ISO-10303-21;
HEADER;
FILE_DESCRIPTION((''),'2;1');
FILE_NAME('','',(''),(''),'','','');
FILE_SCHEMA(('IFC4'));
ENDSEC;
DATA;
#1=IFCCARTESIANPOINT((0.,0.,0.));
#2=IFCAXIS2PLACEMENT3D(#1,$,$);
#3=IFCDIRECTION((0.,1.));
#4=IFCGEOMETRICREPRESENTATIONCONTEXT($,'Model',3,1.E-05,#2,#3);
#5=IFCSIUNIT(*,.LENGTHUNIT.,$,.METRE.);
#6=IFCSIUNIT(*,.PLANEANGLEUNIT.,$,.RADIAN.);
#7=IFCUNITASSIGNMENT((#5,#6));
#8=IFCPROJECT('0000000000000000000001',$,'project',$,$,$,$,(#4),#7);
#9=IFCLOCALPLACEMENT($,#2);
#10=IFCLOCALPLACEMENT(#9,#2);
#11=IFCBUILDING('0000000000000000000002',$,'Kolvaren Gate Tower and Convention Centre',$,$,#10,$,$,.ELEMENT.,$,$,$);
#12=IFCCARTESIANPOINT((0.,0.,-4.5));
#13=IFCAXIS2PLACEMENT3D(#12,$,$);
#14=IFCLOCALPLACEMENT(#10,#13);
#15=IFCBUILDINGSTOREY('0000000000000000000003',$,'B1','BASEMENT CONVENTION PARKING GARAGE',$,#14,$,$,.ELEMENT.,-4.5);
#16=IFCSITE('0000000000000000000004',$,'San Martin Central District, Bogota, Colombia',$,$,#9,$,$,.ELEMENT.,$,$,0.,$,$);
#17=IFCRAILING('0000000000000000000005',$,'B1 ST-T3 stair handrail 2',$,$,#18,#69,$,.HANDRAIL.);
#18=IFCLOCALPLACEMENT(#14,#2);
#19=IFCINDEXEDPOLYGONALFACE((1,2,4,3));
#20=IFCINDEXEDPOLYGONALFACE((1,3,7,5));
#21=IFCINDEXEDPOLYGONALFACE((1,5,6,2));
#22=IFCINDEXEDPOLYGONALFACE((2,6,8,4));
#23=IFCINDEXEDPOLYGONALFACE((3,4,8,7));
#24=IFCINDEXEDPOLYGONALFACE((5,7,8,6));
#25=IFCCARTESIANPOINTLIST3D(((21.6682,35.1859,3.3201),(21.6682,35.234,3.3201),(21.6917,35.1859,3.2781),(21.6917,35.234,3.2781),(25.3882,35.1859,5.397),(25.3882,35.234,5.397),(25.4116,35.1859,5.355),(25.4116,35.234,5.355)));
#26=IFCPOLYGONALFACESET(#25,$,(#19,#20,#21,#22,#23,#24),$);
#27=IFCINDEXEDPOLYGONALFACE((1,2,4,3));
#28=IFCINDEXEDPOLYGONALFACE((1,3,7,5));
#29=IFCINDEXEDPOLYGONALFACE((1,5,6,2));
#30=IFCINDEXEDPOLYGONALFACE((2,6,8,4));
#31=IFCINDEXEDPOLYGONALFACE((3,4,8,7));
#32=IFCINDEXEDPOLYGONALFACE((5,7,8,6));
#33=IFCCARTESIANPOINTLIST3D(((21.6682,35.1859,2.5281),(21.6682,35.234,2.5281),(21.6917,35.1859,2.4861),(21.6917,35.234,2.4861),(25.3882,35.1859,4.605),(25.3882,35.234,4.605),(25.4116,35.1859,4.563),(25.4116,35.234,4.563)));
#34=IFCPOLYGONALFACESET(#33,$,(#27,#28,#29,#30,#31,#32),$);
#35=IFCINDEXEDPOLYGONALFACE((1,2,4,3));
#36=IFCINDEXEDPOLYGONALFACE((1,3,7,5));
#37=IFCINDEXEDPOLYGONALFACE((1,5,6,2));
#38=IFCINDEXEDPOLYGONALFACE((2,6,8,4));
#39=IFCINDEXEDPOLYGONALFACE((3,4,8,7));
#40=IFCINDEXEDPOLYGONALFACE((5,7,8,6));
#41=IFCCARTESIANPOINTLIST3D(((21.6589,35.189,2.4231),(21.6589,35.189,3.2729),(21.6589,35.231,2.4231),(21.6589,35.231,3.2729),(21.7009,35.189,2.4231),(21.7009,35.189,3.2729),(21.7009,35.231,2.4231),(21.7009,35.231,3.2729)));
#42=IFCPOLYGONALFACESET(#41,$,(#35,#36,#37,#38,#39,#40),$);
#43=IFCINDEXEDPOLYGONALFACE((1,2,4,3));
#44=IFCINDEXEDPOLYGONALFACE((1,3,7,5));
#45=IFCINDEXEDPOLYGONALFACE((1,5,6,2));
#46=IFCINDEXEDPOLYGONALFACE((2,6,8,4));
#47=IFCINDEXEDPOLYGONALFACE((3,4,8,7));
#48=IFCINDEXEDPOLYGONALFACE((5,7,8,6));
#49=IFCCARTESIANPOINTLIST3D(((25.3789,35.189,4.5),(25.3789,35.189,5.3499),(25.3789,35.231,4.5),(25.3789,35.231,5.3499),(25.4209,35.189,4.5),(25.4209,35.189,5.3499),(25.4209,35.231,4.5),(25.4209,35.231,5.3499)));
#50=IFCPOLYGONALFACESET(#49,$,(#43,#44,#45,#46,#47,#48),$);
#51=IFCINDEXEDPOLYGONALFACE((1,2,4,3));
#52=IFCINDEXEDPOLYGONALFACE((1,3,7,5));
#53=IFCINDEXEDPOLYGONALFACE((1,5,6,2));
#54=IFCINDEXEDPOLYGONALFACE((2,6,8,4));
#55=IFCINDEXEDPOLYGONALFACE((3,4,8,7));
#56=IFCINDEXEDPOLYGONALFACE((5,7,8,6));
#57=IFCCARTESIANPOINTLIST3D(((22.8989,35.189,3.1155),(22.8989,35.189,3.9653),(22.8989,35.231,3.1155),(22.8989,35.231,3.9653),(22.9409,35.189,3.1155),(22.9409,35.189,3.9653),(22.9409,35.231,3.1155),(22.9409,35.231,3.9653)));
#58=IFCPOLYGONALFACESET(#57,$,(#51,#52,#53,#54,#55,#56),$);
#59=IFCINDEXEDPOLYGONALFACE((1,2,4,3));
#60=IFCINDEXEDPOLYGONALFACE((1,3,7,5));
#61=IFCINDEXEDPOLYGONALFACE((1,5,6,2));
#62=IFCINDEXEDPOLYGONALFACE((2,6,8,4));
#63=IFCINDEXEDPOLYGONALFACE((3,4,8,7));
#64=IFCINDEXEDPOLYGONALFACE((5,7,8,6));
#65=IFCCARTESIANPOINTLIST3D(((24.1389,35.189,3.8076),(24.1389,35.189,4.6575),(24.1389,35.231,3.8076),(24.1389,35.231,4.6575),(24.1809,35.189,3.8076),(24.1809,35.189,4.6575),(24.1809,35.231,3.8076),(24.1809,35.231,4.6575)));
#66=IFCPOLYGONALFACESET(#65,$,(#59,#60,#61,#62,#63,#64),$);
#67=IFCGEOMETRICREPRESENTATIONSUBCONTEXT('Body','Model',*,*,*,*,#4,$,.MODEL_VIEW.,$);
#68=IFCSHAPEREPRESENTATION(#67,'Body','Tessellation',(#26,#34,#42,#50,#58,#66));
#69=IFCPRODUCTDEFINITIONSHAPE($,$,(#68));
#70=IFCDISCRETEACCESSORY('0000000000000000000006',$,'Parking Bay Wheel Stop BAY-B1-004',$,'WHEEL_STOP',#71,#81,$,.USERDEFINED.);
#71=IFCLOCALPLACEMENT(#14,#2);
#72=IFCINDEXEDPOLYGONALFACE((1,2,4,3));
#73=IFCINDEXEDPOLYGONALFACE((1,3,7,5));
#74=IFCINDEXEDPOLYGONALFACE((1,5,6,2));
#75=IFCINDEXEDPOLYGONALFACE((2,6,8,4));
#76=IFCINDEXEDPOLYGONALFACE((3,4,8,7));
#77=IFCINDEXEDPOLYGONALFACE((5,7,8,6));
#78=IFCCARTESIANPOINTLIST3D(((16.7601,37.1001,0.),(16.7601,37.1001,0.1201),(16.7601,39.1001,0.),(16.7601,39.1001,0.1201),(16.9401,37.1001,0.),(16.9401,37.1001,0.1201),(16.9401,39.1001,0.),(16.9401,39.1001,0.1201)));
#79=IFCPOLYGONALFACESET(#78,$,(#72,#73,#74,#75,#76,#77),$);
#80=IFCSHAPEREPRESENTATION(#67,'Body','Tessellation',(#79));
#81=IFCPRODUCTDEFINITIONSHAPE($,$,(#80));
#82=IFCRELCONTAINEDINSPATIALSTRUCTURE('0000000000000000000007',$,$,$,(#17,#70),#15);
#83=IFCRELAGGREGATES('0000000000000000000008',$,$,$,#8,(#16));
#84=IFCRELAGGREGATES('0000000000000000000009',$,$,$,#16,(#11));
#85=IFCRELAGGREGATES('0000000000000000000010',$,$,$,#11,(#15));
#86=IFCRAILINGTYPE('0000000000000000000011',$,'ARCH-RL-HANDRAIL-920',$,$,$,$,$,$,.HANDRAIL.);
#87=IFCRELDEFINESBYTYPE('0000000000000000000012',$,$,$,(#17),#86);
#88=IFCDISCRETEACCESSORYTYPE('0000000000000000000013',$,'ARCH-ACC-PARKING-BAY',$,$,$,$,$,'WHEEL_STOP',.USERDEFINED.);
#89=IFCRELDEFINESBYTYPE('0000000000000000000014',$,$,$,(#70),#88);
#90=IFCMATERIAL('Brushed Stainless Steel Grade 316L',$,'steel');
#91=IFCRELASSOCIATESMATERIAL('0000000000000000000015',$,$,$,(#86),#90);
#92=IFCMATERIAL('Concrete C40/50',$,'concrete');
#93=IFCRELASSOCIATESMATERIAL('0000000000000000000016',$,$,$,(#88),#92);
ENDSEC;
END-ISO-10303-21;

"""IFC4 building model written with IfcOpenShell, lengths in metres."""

from ifc_helpers import new_model, si_unit, direction, frame, origin, origin_2d, place, context, subcontext, project, spatial, rectangle, extrude, material, type_object, element, save


model = new_model("IFC4")

# Units and contexts
model_context = context("Model", 3, precision=1e-05, world=origin(), true_north=direction((0.0, 1.0)))
body_context = subcontext(model_context, "Body", "Model", "MODEL_VIEW")
ifc_project = project(units=[si_unit("LENGTHUNIT", "METRE"), si_unit("PLANEANGLEUNIT", "RADIAN")], contexts=[model_context])

# Site, building, storey
site_placement = place(None, origin())
site = spatial("IfcSite", under=ifc_project, at=site_placement, Name="San Martin Central District, Bogota, Colombia", CompositionType="ELEMENT", RefElevation=0.0)
building_placement = place(site_placement, origin())
building = spatial("IfcBuilding", under=site, at=building_placement, Name="Kolvaren Gate Tower and Convention Centre", CompositionType="ELEMENT")
storey_placement = place(building_placement, frame((0.0, 0.0, -4.5)))
storey = spatial("IfcBuildingStorey", under=building, at=storey_placement, Name="B1", Description="BASEMENT CONVENTION PARKING GARAGE", CompositionType="ELEMENT", Elevation=-4.5)

# Railing
ifc_material_1 = material(Name="Brushed Stainless Steel Grade 316L", Category="steel")
railing_type_1 = type_object("IfcRailingType", Name="ARCH-RL-HANDRAIL-920", PredefinedType="HANDRAIL", material=ifc_material_1)
railing_1_placement = place(storey_placement, frame((21.6799, 35.21, 2.4231)))
element("IfcRailing", 1, at=railing_1_placement, inside=storey, type_object=railing_type_1, Name="B1 ST-T3 stair handrail 2", PredefinedType="HANDRAIL", context=body_context, shape_type="SweptSolid", body=[
    extrude(rectangle(XDim=0.0481, YDim=0.0481, at=origin_2d()), frame((0.0, 0.0, 0.876), z_axis=(0.873134, 0.0, 0.487481), x_axis=(0.0, 1.0, 0.0)), (0.0, 0.0, 1.0), 4.2605),
    extrude(rectangle(XDim=0.0481, YDim=0.0481, at=origin_2d()), frame((0.0, 0.0, 0.084), z_axis=(0.873134, 0.0, 0.487481), x_axis=(0.0, 1.0, 0.0)), (0.0, 0.0, 1.0), 4.2605),
    extrude(rectangle(XDim=0.042, YDim=0.042, at=origin_2d()), origin(), (0.0, 0.0, 1.0), 0.8499),
    extrude(rectangle(XDim=0.042, YDim=0.042, at=origin_2d()), frame((3.72, 0.0, 2.0769)), (0.0, 0.0, 1.0), 0.8499),
    extrude(rectangle(XDim=0.042, YDim=0.042, at=origin_2d()), frame((1.24, 0.0, 0.6924)), (0.0, 0.0, 1.0), 0.8499),
    extrude(rectangle(XDim=0.042, YDim=0.042, at=origin_2d()), frame((2.48, 0.0, 1.3845)), (0.0, 0.0, 1.0), 0.8499),
])

# Discrete accessory
ifc_material_2 = material(Name="Concrete C40/50", Category="concrete")
discrete_accessory_type = type_object("IfcDiscreteAccessoryType", Name="ARCH-ACC-PARKING-BAY", ElementType="WHEEL_STOP", PredefinedType="USERDEFINED", material=ifc_material_2)
discrete_accessory_placement = place(storey_placement, frame((16.8501, 38.1001, 0.0), z_axis=(0.0, 0.0, 1.0), x_axis=(0.0, 1.0, 0.0)))
element("IfcDiscreteAccessory", 2, at=discrete_accessory_placement, inside=storey, type_object=discrete_accessory_type, Name="Parking Bay Wheel Stop BAY-B1-004", ObjectType="WHEEL_STOP", PredefinedType="USERDEFINED", context=body_context, shape_type="SweptSolid", body=[
    extrude(rectangle(XDim=2.0, YDim=0.1799, at=origin_2d()), origin(), (0.0, 0.0, 1.0), 0.1201),
])

save(model, "model.ifc")
